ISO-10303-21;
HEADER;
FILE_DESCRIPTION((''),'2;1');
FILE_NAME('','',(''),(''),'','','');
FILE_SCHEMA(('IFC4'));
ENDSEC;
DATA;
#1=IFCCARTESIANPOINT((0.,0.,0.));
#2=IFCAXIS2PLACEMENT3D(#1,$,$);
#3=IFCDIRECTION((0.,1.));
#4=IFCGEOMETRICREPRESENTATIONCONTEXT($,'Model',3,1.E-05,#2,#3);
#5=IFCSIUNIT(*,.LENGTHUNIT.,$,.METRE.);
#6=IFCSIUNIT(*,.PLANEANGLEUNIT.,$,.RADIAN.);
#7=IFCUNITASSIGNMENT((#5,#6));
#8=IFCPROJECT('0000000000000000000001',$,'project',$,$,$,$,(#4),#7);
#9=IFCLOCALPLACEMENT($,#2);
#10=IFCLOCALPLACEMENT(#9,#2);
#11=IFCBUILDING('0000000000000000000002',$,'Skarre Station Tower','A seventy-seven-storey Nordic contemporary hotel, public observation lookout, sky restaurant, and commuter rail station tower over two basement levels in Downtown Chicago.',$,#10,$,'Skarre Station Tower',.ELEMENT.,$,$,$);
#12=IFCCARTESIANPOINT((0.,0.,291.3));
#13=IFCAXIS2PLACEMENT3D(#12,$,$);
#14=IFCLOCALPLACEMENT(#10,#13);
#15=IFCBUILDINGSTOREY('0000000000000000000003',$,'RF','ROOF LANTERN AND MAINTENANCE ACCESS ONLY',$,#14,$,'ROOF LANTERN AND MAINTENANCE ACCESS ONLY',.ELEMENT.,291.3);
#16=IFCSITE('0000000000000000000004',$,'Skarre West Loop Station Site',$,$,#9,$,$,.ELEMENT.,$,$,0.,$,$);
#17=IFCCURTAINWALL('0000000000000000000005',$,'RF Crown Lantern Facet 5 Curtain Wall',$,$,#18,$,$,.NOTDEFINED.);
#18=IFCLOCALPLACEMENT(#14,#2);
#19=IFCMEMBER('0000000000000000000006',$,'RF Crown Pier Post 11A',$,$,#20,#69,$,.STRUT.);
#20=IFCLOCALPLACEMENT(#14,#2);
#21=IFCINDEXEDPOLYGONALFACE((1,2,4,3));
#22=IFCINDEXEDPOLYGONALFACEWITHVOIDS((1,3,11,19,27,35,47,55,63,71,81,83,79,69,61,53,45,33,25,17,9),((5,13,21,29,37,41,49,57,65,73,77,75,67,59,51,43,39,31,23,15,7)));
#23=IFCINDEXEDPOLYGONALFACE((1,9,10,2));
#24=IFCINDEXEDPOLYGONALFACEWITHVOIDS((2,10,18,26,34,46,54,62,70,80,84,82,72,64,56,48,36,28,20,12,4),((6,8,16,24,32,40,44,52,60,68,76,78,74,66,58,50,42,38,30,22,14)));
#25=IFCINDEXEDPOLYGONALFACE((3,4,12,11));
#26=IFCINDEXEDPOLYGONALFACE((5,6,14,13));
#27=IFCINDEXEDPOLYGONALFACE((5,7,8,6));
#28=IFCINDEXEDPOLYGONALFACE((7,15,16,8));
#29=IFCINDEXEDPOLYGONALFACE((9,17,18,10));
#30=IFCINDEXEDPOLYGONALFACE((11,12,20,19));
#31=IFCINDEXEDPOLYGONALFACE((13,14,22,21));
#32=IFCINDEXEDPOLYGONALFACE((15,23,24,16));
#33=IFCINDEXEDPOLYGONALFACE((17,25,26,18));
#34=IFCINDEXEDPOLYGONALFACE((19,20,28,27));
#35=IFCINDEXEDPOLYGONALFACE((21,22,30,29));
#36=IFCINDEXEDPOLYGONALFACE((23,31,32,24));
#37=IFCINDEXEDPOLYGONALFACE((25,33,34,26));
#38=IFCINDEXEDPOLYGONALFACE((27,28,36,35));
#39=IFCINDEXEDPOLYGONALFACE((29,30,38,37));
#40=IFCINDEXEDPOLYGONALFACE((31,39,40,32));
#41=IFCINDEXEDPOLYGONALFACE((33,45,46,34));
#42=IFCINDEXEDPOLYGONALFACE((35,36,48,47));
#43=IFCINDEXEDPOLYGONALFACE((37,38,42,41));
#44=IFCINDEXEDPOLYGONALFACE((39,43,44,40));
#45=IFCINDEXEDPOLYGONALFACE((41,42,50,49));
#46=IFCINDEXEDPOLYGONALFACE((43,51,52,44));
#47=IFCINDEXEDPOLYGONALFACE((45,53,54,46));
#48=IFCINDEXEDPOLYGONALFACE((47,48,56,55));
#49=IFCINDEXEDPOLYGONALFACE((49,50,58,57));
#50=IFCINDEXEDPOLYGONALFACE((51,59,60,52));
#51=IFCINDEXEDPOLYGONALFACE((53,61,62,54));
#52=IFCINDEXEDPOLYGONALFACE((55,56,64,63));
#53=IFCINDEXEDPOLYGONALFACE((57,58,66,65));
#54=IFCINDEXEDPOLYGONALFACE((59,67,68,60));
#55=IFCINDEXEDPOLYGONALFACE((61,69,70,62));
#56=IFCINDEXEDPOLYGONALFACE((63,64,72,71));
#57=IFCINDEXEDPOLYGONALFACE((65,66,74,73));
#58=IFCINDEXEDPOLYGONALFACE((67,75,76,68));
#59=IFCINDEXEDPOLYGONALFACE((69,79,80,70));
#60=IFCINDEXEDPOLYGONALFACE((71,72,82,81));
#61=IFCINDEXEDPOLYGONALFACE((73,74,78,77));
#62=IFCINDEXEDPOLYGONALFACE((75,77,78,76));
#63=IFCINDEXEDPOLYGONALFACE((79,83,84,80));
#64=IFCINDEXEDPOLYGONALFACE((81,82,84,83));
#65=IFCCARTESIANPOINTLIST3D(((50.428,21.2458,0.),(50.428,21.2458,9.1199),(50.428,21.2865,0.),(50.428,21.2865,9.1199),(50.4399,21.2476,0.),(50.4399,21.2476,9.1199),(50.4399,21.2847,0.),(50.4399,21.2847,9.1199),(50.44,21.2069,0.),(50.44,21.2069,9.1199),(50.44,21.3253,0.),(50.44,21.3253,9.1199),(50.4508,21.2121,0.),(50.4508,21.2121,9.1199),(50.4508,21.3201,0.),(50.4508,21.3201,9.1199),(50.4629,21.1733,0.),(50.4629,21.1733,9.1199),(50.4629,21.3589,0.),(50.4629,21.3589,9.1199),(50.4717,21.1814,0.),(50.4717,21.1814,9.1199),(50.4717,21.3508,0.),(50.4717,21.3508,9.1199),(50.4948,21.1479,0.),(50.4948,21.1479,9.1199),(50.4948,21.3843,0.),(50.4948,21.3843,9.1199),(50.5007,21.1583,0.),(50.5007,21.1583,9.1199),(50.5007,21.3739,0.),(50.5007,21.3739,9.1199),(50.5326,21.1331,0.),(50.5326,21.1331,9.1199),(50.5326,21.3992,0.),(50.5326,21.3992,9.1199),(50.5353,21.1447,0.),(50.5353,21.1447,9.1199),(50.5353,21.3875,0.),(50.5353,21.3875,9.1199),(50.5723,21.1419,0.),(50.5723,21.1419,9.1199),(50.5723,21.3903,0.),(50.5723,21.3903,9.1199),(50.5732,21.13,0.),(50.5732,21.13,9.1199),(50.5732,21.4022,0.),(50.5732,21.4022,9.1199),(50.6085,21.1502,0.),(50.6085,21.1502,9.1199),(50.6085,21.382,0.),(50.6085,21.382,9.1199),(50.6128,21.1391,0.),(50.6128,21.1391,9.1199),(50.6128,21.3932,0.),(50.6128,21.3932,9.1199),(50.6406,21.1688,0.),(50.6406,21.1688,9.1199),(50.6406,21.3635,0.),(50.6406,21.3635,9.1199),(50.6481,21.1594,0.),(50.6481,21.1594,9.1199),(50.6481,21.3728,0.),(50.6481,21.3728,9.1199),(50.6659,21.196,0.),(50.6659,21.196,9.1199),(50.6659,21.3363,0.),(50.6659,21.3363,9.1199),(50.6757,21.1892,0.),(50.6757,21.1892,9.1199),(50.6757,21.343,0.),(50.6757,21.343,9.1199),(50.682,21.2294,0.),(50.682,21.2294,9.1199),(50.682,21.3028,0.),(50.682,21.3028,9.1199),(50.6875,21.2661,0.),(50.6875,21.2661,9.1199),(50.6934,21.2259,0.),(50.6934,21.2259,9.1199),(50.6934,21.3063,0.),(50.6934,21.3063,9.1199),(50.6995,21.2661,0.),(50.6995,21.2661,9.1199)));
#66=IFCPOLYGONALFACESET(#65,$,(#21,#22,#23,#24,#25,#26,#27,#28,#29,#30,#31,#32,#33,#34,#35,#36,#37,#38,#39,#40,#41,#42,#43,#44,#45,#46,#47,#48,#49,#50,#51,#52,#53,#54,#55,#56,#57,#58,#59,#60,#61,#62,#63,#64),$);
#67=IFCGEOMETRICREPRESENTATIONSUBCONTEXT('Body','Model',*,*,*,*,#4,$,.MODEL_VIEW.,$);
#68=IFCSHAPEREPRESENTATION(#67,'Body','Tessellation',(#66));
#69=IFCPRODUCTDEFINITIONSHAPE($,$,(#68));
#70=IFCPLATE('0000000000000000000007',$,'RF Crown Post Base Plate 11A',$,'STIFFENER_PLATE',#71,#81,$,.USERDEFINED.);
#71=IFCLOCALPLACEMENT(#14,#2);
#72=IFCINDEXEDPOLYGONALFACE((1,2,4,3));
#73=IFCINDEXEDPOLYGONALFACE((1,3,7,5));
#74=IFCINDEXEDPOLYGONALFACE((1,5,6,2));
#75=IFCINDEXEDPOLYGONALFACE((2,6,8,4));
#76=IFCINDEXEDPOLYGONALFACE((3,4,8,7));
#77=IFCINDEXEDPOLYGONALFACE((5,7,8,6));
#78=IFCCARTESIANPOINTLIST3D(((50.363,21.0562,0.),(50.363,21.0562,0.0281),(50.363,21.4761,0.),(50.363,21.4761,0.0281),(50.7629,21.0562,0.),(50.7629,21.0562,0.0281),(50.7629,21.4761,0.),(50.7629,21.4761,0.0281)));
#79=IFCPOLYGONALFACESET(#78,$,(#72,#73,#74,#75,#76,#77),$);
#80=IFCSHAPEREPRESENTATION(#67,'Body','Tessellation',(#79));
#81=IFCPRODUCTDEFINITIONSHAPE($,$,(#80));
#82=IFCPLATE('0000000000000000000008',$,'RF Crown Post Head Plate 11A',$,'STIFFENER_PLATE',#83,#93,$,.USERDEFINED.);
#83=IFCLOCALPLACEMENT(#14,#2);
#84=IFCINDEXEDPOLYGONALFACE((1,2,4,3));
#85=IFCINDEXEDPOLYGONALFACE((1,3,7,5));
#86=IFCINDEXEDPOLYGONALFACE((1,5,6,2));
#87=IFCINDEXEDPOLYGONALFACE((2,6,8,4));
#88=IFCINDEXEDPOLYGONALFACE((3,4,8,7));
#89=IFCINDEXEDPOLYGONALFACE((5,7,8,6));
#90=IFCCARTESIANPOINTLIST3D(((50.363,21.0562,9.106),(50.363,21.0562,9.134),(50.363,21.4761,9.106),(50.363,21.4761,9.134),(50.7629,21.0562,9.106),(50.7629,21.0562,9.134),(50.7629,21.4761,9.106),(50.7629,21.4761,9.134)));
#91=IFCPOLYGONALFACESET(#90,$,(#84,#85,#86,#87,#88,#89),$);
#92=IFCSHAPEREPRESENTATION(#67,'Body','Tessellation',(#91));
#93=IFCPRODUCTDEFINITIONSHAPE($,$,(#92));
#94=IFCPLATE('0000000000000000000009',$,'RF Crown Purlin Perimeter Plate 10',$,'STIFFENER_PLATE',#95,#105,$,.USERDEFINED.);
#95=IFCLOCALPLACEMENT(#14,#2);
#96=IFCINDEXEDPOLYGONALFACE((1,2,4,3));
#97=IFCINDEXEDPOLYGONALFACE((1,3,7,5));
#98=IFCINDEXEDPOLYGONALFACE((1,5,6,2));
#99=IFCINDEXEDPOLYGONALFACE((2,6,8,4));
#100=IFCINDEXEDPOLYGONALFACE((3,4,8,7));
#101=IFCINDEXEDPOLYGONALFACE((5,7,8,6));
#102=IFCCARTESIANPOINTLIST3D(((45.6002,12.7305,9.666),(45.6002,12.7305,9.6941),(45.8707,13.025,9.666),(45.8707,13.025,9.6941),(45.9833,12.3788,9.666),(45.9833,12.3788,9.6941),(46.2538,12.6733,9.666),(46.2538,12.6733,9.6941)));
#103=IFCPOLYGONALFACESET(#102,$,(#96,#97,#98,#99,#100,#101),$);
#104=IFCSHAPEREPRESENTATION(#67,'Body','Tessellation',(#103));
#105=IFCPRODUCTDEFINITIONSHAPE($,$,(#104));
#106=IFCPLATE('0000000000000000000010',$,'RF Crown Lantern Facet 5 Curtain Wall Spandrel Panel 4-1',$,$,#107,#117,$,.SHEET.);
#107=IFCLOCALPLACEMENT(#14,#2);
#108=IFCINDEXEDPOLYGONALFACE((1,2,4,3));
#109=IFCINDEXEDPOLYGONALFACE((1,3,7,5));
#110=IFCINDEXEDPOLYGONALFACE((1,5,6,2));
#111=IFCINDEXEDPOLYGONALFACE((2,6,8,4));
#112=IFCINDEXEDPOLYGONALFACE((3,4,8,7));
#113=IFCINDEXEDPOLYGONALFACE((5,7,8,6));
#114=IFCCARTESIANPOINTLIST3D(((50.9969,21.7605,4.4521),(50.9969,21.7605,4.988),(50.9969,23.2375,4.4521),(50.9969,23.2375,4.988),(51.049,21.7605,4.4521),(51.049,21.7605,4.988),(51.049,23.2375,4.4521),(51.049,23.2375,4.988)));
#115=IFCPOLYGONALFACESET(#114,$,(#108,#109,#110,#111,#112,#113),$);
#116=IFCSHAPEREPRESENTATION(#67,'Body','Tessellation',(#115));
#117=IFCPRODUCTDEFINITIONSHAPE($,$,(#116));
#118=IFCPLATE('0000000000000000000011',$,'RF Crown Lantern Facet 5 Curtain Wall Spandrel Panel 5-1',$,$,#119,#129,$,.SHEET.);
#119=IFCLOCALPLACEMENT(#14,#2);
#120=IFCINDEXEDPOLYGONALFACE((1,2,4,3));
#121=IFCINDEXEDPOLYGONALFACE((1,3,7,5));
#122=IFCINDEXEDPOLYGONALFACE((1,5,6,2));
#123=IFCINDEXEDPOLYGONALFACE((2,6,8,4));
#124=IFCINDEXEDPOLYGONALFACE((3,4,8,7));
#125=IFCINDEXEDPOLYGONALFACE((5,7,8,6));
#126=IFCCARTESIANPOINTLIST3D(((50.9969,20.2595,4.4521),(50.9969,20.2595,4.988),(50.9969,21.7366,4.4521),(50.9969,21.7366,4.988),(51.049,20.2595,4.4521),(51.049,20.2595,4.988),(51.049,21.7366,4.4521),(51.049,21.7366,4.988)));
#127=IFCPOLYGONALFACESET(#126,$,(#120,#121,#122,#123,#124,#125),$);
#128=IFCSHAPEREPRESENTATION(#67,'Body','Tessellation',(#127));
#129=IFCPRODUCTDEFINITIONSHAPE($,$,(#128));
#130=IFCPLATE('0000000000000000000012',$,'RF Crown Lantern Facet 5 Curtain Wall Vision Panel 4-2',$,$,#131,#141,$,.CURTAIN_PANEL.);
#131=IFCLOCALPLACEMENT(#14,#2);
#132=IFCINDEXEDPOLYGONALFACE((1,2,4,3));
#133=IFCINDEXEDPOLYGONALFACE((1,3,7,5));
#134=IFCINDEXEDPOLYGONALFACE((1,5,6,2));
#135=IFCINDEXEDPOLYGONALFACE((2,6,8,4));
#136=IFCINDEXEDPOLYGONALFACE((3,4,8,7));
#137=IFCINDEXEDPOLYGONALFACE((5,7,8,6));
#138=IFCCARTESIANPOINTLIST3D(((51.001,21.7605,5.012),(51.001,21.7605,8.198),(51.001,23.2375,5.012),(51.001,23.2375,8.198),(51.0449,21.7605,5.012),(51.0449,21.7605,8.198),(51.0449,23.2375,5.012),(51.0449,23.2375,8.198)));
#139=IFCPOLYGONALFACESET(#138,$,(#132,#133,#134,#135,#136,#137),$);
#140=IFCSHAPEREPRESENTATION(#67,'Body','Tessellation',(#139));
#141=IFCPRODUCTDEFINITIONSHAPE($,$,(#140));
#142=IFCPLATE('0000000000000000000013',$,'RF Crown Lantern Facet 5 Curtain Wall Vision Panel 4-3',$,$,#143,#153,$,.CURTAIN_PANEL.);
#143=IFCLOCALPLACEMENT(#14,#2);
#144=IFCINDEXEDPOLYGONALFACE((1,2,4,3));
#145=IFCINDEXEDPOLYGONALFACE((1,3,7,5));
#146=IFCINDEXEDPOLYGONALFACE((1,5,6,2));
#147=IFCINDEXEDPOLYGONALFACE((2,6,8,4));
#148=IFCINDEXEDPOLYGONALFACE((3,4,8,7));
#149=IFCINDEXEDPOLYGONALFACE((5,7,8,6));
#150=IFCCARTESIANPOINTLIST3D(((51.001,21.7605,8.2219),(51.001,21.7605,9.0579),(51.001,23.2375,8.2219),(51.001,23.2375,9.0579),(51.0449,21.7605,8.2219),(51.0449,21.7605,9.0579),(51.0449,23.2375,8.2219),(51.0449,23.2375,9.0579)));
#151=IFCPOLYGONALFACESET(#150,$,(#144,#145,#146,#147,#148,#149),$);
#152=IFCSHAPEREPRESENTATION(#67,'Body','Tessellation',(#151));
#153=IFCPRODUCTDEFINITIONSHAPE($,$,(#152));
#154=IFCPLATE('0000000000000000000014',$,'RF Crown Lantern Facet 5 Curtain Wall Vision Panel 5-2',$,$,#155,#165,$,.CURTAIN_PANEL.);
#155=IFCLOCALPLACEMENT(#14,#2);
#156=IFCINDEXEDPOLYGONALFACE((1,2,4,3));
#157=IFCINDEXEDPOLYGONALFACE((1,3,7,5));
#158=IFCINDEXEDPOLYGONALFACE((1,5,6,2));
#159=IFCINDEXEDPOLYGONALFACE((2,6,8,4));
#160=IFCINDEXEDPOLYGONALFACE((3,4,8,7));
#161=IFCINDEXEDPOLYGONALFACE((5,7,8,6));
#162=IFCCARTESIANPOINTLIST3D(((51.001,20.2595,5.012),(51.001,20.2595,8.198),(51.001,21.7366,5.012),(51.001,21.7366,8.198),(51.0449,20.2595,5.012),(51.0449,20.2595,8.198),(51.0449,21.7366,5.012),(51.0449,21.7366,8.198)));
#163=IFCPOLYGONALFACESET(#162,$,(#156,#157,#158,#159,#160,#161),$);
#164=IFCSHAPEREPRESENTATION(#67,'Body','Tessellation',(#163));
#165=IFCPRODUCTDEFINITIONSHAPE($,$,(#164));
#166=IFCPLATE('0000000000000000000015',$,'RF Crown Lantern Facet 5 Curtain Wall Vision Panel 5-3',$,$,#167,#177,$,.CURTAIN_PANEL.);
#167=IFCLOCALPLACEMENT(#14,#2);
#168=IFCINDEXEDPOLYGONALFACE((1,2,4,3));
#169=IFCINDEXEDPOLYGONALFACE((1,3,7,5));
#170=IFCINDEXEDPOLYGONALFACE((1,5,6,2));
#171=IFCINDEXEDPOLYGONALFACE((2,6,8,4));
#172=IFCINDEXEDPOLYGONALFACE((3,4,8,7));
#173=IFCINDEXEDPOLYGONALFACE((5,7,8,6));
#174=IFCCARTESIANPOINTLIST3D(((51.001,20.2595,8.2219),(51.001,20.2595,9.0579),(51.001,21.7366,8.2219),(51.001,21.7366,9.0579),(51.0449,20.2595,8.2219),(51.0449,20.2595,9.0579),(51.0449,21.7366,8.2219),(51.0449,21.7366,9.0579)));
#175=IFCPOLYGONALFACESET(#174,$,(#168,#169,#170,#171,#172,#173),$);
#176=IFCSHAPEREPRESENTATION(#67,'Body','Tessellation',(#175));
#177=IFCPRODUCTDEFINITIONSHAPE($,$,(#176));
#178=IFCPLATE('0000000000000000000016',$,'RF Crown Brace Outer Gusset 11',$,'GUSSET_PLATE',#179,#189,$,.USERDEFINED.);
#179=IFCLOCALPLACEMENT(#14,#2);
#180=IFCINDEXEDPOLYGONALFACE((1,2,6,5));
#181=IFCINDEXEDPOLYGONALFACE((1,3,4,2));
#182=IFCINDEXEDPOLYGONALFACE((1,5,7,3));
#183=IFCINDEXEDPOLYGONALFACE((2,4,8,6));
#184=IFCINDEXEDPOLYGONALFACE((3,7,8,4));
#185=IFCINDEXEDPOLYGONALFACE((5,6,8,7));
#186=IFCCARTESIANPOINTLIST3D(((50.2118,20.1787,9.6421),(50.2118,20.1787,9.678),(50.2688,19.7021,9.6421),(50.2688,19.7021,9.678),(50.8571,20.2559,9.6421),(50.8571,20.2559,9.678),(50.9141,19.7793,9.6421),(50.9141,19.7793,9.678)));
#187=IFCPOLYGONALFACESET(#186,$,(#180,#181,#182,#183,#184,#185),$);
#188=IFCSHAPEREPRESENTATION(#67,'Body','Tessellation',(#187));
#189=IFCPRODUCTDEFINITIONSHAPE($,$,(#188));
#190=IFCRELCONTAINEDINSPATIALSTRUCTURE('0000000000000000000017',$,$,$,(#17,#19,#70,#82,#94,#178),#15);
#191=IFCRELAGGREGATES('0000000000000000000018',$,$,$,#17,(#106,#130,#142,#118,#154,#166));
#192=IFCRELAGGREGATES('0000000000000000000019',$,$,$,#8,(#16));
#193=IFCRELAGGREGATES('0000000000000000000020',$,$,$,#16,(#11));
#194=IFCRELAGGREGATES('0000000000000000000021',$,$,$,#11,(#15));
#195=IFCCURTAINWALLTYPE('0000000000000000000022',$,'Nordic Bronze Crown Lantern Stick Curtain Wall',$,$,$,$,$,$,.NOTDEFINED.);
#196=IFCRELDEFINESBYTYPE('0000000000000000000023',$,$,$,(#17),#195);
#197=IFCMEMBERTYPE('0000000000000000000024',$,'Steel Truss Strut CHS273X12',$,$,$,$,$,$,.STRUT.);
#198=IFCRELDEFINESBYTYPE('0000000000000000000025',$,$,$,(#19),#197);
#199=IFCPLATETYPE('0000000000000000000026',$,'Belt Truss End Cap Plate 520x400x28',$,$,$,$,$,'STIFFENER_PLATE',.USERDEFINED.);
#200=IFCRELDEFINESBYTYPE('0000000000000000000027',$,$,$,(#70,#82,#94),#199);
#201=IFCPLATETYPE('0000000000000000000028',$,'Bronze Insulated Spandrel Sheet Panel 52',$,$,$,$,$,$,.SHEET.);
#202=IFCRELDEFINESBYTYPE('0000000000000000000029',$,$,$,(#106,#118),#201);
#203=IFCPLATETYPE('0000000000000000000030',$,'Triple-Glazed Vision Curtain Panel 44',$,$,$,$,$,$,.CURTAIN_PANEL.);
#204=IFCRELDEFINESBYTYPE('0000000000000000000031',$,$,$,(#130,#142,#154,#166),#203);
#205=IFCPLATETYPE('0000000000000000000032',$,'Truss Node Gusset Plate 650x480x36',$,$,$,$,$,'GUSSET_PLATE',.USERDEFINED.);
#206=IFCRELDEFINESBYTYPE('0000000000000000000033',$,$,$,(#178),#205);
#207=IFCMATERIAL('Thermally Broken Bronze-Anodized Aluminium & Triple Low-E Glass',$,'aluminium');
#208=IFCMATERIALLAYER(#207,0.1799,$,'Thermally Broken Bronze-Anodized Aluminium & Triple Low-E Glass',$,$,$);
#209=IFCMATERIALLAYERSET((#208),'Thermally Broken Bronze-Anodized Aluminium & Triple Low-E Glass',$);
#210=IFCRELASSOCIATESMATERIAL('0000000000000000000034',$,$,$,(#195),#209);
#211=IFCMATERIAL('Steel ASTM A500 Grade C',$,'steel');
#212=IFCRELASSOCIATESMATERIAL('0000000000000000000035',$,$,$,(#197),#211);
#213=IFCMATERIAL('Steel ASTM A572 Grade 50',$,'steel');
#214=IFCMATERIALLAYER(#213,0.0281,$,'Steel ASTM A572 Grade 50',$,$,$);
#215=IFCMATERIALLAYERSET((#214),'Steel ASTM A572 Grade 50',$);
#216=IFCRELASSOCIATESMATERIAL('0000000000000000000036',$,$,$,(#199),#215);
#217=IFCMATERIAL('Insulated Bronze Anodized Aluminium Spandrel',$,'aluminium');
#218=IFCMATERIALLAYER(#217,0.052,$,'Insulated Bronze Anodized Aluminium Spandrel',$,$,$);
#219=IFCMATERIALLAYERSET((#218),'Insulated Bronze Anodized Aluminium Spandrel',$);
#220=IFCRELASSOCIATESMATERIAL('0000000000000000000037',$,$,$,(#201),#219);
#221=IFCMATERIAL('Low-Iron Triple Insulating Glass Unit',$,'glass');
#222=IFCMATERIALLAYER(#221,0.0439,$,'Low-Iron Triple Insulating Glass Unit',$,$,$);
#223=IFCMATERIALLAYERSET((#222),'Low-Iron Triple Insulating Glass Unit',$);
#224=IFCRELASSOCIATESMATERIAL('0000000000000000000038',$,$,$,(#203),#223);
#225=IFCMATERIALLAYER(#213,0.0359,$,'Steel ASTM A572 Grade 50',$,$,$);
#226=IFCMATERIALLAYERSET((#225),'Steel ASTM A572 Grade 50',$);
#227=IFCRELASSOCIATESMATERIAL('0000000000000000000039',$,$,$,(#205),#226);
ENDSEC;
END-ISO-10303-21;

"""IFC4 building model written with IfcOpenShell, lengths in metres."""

from ifc_helpers import new_model, si_unit, direction, frame, origin, origin_2d, place, context, subcontext, project, spatial, rectangle, hollow_circle, extrude, material, layer, layer_set, material_profile, profile_set, type_object, element, aggregate, save


model = new_model("IFC4")

# Units and contexts
model_context = context("Model", 3, precision=1e-05, world=origin(), true_north=direction((0.0, 1.0)))
body_context = subcontext(model_context, "Body", "Model", "MODEL_VIEW")
ifc_project = project(units=[si_unit("LENGTHUNIT", "METRE"), si_unit("PLANEANGLEUNIT", "RADIAN")], contexts=[model_context])

# Site, building, storey
site_placement = place(None, origin())
site = spatial("IfcSite", under=ifc_project, at=site_placement, Name="Skarre West Loop Station Site", CompositionType="ELEMENT", RefElevation=0.0)
building_placement = place(site_placement, origin())
building = spatial("IfcBuilding", under=site, at=building_placement, Name="Skarre Station Tower", Description="A seventy-seven-storey Nordic contemporary hotel, public observation lookout, sky restaurant, and commuter rail station tower over two basement levels in Downtown Chicago.", LongName="Skarre Station Tower", CompositionType="ELEMENT")
storey_placement = place(building_placement, frame((0.0, 0.0, 291.3)))
storey = spatial("IfcBuildingStorey", under=building, at=storey_placement, Name="RF", Description="ROOF LANTERN AND MAINTENANCE ACCESS ONLY", LongName="ROOF LANTERN AND MAINTENANCE ACCESS ONLY", CompositionType="ELEMENT", Elevation=291.3)

# Curtain wall
ifc_material_1 = material(Name="Thermally Broken Bronze-Anodized Aluminium & Triple Low-E Glass", Category="aluminium")
ifc_layer_1 = layer(ifc_material_1, 0.1799, Name="Thermally Broken Bronze-Anodized Aluminium & Triple Low-E Glass")
ifc_layer_set_1 = layer_set([ifc_layer_1], Name="Thermally Broken Bronze-Anodized Aluminium & Triple Low-E Glass")
curtain_wall_type = type_object("IfcCurtainWallType", Name="Nordic Bronze Crown Lantern Stick Curtain Wall", PredefinedType="NOTDEFINED", material=ifc_layer_set_1)
curtain_wall_placement = place(storey_placement, origin())
curtain_wall = element("IfcCurtainWall", 1, at=curtain_wall_placement, inside=storey, type_object=curtain_wall_type, Name="RF Crown Lantern Facet 5 Curtain Wall", PredefinedType="NOTDEFINED")

# Member
ifc_material_2 = material(Name="Steel ASTM A500 Grade C", Category="steel")
ifc_material_profile_1 = material_profile(ifc_material_2, hollow_circle(Radius=0.1365, WallThickness=0.012, at=origin_2d()), Name="Steel ASTM A500 Grade C")
ifc_profile_set_1 = profile_set([ifc_material_profile_1], Name="Steel ASTM A500 Grade C")
member_type_1 = type_object("IfcMemberType", Name="Steel Truss Strut CHS273X12", PredefinedType="STRUT", material=ifc_profile_set_1)
member_1_placement = place(storey_placement, frame((50.563, 21.2661, 0.0), z_axis=(0.0, 0.0, 1.0), x_axis=(1.0, 0.0, 0.0)))
element("IfcMember", 2, at=member_1_placement, inside=storey, type_object=member_type_1, Name="RF Crown Pier Post 11A", PredefinedType="STRUT", context=body_context, shape_type="SweptSolid", body=[
    extrude(hollow_circle(Radius=0.1365, WallThickness=0.012, at=origin_2d()), origin(), (0.0, 0.0, 1.0), 9.1199),
])

# Plates
ifc_material_3 = material(Name="Steel ASTM A572 Grade 50", Category="steel")
ifc_layer_2 = layer(ifc_material_3, 0.0281, Name="Steel ASTM A572 Grade 50")
ifc_layer_set_2 = layer_set([ifc_layer_2], Name="Steel ASTM A572 Grade 50")
plate_type_1 = type_object("IfcPlateType", Name="Belt Truss End Cap Plate 520x400x28", ElementType="STIFFENER_PLATE", PredefinedType="USERDEFINED", material=ifc_layer_set_2)
for number, where, z_axis, x_axis, name in (
    (3, (50.563, 21.2661, 0.0), (0.0, 0.0, 1.0), (0.0, 1.0, 0.0), "RF Crown Post Base Plate 11A"),
    (4, (50.563, 21.2661, 9.106), (0.0, 0.0, 1.0), (0.0, 1.0, 0.0), "RF Crown Post Head Plate 11A"),
):
    element("IfcPlate", number, at=place(storey_placement, frame(where, z_axis=z_axis, x_axis=x_axis)), inside=storey, type_object=plate_type_1, Name=name, ObjectType="STIFFENER_PLATE", PredefinedType="USERDEFINED", context=body_context, shape_type="SweptSolid", body=[
        extrude(rectangle(XDim=0.4199, YDim=0.3999, at=origin_2d()), origin(), (0.0, 0.0, 1.0), 0.0281),
    ])
plate_1_placement = place(storey_placement, frame((45.927, 12.7019, 9.666), z_axis=(0.0, 0.0, 1.0), x_axis=(0.736546, -0.676388, 0.0)))
element("IfcPlate", 5, at=plate_1_placement, inside=storey, type_object=plate_type_1, Name="RF Crown Purlin Perimeter Plate 10", ObjectType="STIFFENER_PLATE", PredefinedType="USERDEFINED", context=body_context, shape_type="SweptSolid", body=[
    extrude(rectangle(XDim=0.52, YDim=0.3999, at=origin_2d()), origin(), (0.0, 0.0, 1.0), 0.0281),
])

# Plates
ifc_material_4 = material(Name="Insulated Bronze Anodized Aluminium Spandrel", Category="aluminium")
ifc_layer_3 = layer(ifc_material_4, 0.052, Name="Insulated Bronze Anodized Aluminium Spandrel")
ifc_layer_set_3 = layer_set([ifc_layer_3], Name="Insulated Bronze Anodized Aluminium Spandrel")
plate_type_2 = type_object("IfcPlateType", Name="Bronze Insulated Spandrel Sheet Panel 52", PredefinedType="SHEET", material=ifc_layer_set_3)
plate_2_placement = place(storey_placement, frame((51.0229, 22.499, 4.4521), z_axis=(0.0, 0.0, 1.0), x_axis=(0.0, -1.0, 0.0)))
plate_2 = element("IfcPlate", 6, at=plate_2_placement, type_object=plate_type_2, Name="RF Crown Lantern Facet 5 Curtain Wall Spandrel Panel 4-1", PredefinedType="SHEET", context=body_context, shape_type="SweptSolid", body=[
    extrude(rectangle(XDim=1.4771, YDim=0.052, at=origin_2d()), origin(), (0.0, 0.0, 1.0), 0.5359),
])
plate_3_placement = place(storey_placement, frame((51.0229, 20.998, 4.4521), z_axis=(0.0, 0.0, 1.0), x_axis=(0.0, -1.0, 0.0)))
plate_3 = element("IfcPlate", 7, at=plate_3_placement, type_object=plate_type_2, Name="RF Crown Lantern Facet 5 Curtain Wall Spandrel Panel 5-1", PredefinedType="SHEET", context=body_context, shape_type="SweptSolid", body=[
    extrude(rectangle(XDim=1.4771, YDim=0.052, at=origin_2d()), origin(), (0.0, 0.0, 1.0), 0.5359),
])
ifc_material_5 = material(Name="Low-Iron Triple Insulating Glass Unit", Category="glass")
ifc_layer_4 = layer(ifc_material_5, 0.0439, Name="Low-Iron Triple Insulating Glass Unit")
ifc_layer_set_4 = layer_set([ifc_layer_4], Name="Low-Iron Triple Insulating Glass Unit")
plate_type_3 = type_object("IfcPlateType", Name="Triple-Glazed Vision Curtain Panel 44", PredefinedType="CURTAIN_PANEL", material=ifc_layer_set_4)
plate_4_placement = place(storey_placement, frame((51.0229, 22.499, 5.012), z_axis=(0.0, 0.0, 1.0), x_axis=(0.0, -1.0, 0.0)))
plate_4 = element("IfcPlate", 8, at=plate_4_placement, type_object=plate_type_3, Name="RF Crown Lantern Facet 5 Curtain Wall Vision Panel 4-2", PredefinedType="CURTAIN_PANEL", context=body_context, shape_type="SweptSolid", body=[
    extrude(rectangle(XDim=1.4771, YDim=0.0439, at=origin_2d()), origin(), (0.0, 0.0, 1.0), 3.186),
])
plate_5_placement = place(storey_placement, frame((51.0229, 22.499, 8.2219), z_axis=(0.0, 0.0, 1.0), x_axis=(0.0, -1.0, 0.0)))
plate_5 = element("IfcPlate", 9, at=plate_5_placement, type_object=plate_type_3, Name="RF Crown Lantern Facet 5 Curtain Wall Vision Panel 4-3", PredefinedType="CURTAIN_PANEL", context=body_context, shape_type="SweptSolid", body=[
    extrude(rectangle(XDim=1.4771, YDim=0.0439, at=origin_2d()), origin(), (0.0, 0.0, 1.0), 0.8359),
])
plate_6_placement = place(storey_placement, frame((51.0229, 20.998, 5.012), z_axis=(0.0, 0.0, 1.0), x_axis=(0.0, -1.0, 0.0)))
plate_6 = element("IfcPlate", 10, at=plate_6_placement, type_object=plate_type_3, Name="RF Crown Lantern Facet 5 Curtain Wall Vision Panel 5-2", PredefinedType="CURTAIN_PANEL", context=body_context, shape_type="SweptSolid", body=[
    extrude(rectangle(XDim=1.4771, YDim=0.0439, at=origin_2d()), origin(), (0.0, 0.0, 1.0), 3.186),
])
plate_7_placement = place(storey_placement, frame((51.0229, 20.998, 8.2219), z_axis=(0.0, 0.0, 1.0), x_axis=(0.0, -1.0, 0.0)))
plate_7 = element("IfcPlate", 11, at=plate_7_placement, type_object=plate_type_3, Name="RF Crown Lantern Facet 5 Curtain Wall Vision Panel 5-3", PredefinedType="CURTAIN_PANEL", context=body_context, shape_type="SweptSolid", body=[
    extrude(rectangle(XDim=1.4771, YDim=0.0439, at=origin_2d()), origin(), (0.0, 0.0, 1.0), 0.8359),
])
aggregate(curtain_wall, [plate_2, plate_4, plate_5, plate_3, plate_6, plate_7])
ifc_layer_5 = layer(ifc_material_3, 0.0359, Name="Steel ASTM A572 Grade 50")
ifc_layer_set_5 = layer_set([ifc_layer_5], Name="Steel ASTM A572 Grade 50")
plate_type_4 = type_object("IfcPlateType", Name="Truss Node Gusset Plate 650x480x36", ElementType="GUSSET_PLATE", PredefinedType="USERDEFINED", material=ifc_layer_set_5)
plate_8_placement = place(storey_placement, frame((50.563, 19.979, 9.6421), z_axis=(0.0, 0.0, 1.0), x_axis=(-0.992924, -0.118751, 0.0)))
element("IfcPlate", 12, at=plate_8_placement, inside=storey, type_object=plate_type_4, Name="RF Crown Brace Outer Gusset 11", ObjectType="GUSSET_PLATE", PredefinedType="USERDEFINED", context=body_context, shape_type="SweptSolid", body=[
    extrude(rectangle(XDim=0.6499, YDim=0.48, at=origin_2d()), origin(), (0.0, 0.0, 1.0), 0.0359),
])

save(model, "model.ifc")
